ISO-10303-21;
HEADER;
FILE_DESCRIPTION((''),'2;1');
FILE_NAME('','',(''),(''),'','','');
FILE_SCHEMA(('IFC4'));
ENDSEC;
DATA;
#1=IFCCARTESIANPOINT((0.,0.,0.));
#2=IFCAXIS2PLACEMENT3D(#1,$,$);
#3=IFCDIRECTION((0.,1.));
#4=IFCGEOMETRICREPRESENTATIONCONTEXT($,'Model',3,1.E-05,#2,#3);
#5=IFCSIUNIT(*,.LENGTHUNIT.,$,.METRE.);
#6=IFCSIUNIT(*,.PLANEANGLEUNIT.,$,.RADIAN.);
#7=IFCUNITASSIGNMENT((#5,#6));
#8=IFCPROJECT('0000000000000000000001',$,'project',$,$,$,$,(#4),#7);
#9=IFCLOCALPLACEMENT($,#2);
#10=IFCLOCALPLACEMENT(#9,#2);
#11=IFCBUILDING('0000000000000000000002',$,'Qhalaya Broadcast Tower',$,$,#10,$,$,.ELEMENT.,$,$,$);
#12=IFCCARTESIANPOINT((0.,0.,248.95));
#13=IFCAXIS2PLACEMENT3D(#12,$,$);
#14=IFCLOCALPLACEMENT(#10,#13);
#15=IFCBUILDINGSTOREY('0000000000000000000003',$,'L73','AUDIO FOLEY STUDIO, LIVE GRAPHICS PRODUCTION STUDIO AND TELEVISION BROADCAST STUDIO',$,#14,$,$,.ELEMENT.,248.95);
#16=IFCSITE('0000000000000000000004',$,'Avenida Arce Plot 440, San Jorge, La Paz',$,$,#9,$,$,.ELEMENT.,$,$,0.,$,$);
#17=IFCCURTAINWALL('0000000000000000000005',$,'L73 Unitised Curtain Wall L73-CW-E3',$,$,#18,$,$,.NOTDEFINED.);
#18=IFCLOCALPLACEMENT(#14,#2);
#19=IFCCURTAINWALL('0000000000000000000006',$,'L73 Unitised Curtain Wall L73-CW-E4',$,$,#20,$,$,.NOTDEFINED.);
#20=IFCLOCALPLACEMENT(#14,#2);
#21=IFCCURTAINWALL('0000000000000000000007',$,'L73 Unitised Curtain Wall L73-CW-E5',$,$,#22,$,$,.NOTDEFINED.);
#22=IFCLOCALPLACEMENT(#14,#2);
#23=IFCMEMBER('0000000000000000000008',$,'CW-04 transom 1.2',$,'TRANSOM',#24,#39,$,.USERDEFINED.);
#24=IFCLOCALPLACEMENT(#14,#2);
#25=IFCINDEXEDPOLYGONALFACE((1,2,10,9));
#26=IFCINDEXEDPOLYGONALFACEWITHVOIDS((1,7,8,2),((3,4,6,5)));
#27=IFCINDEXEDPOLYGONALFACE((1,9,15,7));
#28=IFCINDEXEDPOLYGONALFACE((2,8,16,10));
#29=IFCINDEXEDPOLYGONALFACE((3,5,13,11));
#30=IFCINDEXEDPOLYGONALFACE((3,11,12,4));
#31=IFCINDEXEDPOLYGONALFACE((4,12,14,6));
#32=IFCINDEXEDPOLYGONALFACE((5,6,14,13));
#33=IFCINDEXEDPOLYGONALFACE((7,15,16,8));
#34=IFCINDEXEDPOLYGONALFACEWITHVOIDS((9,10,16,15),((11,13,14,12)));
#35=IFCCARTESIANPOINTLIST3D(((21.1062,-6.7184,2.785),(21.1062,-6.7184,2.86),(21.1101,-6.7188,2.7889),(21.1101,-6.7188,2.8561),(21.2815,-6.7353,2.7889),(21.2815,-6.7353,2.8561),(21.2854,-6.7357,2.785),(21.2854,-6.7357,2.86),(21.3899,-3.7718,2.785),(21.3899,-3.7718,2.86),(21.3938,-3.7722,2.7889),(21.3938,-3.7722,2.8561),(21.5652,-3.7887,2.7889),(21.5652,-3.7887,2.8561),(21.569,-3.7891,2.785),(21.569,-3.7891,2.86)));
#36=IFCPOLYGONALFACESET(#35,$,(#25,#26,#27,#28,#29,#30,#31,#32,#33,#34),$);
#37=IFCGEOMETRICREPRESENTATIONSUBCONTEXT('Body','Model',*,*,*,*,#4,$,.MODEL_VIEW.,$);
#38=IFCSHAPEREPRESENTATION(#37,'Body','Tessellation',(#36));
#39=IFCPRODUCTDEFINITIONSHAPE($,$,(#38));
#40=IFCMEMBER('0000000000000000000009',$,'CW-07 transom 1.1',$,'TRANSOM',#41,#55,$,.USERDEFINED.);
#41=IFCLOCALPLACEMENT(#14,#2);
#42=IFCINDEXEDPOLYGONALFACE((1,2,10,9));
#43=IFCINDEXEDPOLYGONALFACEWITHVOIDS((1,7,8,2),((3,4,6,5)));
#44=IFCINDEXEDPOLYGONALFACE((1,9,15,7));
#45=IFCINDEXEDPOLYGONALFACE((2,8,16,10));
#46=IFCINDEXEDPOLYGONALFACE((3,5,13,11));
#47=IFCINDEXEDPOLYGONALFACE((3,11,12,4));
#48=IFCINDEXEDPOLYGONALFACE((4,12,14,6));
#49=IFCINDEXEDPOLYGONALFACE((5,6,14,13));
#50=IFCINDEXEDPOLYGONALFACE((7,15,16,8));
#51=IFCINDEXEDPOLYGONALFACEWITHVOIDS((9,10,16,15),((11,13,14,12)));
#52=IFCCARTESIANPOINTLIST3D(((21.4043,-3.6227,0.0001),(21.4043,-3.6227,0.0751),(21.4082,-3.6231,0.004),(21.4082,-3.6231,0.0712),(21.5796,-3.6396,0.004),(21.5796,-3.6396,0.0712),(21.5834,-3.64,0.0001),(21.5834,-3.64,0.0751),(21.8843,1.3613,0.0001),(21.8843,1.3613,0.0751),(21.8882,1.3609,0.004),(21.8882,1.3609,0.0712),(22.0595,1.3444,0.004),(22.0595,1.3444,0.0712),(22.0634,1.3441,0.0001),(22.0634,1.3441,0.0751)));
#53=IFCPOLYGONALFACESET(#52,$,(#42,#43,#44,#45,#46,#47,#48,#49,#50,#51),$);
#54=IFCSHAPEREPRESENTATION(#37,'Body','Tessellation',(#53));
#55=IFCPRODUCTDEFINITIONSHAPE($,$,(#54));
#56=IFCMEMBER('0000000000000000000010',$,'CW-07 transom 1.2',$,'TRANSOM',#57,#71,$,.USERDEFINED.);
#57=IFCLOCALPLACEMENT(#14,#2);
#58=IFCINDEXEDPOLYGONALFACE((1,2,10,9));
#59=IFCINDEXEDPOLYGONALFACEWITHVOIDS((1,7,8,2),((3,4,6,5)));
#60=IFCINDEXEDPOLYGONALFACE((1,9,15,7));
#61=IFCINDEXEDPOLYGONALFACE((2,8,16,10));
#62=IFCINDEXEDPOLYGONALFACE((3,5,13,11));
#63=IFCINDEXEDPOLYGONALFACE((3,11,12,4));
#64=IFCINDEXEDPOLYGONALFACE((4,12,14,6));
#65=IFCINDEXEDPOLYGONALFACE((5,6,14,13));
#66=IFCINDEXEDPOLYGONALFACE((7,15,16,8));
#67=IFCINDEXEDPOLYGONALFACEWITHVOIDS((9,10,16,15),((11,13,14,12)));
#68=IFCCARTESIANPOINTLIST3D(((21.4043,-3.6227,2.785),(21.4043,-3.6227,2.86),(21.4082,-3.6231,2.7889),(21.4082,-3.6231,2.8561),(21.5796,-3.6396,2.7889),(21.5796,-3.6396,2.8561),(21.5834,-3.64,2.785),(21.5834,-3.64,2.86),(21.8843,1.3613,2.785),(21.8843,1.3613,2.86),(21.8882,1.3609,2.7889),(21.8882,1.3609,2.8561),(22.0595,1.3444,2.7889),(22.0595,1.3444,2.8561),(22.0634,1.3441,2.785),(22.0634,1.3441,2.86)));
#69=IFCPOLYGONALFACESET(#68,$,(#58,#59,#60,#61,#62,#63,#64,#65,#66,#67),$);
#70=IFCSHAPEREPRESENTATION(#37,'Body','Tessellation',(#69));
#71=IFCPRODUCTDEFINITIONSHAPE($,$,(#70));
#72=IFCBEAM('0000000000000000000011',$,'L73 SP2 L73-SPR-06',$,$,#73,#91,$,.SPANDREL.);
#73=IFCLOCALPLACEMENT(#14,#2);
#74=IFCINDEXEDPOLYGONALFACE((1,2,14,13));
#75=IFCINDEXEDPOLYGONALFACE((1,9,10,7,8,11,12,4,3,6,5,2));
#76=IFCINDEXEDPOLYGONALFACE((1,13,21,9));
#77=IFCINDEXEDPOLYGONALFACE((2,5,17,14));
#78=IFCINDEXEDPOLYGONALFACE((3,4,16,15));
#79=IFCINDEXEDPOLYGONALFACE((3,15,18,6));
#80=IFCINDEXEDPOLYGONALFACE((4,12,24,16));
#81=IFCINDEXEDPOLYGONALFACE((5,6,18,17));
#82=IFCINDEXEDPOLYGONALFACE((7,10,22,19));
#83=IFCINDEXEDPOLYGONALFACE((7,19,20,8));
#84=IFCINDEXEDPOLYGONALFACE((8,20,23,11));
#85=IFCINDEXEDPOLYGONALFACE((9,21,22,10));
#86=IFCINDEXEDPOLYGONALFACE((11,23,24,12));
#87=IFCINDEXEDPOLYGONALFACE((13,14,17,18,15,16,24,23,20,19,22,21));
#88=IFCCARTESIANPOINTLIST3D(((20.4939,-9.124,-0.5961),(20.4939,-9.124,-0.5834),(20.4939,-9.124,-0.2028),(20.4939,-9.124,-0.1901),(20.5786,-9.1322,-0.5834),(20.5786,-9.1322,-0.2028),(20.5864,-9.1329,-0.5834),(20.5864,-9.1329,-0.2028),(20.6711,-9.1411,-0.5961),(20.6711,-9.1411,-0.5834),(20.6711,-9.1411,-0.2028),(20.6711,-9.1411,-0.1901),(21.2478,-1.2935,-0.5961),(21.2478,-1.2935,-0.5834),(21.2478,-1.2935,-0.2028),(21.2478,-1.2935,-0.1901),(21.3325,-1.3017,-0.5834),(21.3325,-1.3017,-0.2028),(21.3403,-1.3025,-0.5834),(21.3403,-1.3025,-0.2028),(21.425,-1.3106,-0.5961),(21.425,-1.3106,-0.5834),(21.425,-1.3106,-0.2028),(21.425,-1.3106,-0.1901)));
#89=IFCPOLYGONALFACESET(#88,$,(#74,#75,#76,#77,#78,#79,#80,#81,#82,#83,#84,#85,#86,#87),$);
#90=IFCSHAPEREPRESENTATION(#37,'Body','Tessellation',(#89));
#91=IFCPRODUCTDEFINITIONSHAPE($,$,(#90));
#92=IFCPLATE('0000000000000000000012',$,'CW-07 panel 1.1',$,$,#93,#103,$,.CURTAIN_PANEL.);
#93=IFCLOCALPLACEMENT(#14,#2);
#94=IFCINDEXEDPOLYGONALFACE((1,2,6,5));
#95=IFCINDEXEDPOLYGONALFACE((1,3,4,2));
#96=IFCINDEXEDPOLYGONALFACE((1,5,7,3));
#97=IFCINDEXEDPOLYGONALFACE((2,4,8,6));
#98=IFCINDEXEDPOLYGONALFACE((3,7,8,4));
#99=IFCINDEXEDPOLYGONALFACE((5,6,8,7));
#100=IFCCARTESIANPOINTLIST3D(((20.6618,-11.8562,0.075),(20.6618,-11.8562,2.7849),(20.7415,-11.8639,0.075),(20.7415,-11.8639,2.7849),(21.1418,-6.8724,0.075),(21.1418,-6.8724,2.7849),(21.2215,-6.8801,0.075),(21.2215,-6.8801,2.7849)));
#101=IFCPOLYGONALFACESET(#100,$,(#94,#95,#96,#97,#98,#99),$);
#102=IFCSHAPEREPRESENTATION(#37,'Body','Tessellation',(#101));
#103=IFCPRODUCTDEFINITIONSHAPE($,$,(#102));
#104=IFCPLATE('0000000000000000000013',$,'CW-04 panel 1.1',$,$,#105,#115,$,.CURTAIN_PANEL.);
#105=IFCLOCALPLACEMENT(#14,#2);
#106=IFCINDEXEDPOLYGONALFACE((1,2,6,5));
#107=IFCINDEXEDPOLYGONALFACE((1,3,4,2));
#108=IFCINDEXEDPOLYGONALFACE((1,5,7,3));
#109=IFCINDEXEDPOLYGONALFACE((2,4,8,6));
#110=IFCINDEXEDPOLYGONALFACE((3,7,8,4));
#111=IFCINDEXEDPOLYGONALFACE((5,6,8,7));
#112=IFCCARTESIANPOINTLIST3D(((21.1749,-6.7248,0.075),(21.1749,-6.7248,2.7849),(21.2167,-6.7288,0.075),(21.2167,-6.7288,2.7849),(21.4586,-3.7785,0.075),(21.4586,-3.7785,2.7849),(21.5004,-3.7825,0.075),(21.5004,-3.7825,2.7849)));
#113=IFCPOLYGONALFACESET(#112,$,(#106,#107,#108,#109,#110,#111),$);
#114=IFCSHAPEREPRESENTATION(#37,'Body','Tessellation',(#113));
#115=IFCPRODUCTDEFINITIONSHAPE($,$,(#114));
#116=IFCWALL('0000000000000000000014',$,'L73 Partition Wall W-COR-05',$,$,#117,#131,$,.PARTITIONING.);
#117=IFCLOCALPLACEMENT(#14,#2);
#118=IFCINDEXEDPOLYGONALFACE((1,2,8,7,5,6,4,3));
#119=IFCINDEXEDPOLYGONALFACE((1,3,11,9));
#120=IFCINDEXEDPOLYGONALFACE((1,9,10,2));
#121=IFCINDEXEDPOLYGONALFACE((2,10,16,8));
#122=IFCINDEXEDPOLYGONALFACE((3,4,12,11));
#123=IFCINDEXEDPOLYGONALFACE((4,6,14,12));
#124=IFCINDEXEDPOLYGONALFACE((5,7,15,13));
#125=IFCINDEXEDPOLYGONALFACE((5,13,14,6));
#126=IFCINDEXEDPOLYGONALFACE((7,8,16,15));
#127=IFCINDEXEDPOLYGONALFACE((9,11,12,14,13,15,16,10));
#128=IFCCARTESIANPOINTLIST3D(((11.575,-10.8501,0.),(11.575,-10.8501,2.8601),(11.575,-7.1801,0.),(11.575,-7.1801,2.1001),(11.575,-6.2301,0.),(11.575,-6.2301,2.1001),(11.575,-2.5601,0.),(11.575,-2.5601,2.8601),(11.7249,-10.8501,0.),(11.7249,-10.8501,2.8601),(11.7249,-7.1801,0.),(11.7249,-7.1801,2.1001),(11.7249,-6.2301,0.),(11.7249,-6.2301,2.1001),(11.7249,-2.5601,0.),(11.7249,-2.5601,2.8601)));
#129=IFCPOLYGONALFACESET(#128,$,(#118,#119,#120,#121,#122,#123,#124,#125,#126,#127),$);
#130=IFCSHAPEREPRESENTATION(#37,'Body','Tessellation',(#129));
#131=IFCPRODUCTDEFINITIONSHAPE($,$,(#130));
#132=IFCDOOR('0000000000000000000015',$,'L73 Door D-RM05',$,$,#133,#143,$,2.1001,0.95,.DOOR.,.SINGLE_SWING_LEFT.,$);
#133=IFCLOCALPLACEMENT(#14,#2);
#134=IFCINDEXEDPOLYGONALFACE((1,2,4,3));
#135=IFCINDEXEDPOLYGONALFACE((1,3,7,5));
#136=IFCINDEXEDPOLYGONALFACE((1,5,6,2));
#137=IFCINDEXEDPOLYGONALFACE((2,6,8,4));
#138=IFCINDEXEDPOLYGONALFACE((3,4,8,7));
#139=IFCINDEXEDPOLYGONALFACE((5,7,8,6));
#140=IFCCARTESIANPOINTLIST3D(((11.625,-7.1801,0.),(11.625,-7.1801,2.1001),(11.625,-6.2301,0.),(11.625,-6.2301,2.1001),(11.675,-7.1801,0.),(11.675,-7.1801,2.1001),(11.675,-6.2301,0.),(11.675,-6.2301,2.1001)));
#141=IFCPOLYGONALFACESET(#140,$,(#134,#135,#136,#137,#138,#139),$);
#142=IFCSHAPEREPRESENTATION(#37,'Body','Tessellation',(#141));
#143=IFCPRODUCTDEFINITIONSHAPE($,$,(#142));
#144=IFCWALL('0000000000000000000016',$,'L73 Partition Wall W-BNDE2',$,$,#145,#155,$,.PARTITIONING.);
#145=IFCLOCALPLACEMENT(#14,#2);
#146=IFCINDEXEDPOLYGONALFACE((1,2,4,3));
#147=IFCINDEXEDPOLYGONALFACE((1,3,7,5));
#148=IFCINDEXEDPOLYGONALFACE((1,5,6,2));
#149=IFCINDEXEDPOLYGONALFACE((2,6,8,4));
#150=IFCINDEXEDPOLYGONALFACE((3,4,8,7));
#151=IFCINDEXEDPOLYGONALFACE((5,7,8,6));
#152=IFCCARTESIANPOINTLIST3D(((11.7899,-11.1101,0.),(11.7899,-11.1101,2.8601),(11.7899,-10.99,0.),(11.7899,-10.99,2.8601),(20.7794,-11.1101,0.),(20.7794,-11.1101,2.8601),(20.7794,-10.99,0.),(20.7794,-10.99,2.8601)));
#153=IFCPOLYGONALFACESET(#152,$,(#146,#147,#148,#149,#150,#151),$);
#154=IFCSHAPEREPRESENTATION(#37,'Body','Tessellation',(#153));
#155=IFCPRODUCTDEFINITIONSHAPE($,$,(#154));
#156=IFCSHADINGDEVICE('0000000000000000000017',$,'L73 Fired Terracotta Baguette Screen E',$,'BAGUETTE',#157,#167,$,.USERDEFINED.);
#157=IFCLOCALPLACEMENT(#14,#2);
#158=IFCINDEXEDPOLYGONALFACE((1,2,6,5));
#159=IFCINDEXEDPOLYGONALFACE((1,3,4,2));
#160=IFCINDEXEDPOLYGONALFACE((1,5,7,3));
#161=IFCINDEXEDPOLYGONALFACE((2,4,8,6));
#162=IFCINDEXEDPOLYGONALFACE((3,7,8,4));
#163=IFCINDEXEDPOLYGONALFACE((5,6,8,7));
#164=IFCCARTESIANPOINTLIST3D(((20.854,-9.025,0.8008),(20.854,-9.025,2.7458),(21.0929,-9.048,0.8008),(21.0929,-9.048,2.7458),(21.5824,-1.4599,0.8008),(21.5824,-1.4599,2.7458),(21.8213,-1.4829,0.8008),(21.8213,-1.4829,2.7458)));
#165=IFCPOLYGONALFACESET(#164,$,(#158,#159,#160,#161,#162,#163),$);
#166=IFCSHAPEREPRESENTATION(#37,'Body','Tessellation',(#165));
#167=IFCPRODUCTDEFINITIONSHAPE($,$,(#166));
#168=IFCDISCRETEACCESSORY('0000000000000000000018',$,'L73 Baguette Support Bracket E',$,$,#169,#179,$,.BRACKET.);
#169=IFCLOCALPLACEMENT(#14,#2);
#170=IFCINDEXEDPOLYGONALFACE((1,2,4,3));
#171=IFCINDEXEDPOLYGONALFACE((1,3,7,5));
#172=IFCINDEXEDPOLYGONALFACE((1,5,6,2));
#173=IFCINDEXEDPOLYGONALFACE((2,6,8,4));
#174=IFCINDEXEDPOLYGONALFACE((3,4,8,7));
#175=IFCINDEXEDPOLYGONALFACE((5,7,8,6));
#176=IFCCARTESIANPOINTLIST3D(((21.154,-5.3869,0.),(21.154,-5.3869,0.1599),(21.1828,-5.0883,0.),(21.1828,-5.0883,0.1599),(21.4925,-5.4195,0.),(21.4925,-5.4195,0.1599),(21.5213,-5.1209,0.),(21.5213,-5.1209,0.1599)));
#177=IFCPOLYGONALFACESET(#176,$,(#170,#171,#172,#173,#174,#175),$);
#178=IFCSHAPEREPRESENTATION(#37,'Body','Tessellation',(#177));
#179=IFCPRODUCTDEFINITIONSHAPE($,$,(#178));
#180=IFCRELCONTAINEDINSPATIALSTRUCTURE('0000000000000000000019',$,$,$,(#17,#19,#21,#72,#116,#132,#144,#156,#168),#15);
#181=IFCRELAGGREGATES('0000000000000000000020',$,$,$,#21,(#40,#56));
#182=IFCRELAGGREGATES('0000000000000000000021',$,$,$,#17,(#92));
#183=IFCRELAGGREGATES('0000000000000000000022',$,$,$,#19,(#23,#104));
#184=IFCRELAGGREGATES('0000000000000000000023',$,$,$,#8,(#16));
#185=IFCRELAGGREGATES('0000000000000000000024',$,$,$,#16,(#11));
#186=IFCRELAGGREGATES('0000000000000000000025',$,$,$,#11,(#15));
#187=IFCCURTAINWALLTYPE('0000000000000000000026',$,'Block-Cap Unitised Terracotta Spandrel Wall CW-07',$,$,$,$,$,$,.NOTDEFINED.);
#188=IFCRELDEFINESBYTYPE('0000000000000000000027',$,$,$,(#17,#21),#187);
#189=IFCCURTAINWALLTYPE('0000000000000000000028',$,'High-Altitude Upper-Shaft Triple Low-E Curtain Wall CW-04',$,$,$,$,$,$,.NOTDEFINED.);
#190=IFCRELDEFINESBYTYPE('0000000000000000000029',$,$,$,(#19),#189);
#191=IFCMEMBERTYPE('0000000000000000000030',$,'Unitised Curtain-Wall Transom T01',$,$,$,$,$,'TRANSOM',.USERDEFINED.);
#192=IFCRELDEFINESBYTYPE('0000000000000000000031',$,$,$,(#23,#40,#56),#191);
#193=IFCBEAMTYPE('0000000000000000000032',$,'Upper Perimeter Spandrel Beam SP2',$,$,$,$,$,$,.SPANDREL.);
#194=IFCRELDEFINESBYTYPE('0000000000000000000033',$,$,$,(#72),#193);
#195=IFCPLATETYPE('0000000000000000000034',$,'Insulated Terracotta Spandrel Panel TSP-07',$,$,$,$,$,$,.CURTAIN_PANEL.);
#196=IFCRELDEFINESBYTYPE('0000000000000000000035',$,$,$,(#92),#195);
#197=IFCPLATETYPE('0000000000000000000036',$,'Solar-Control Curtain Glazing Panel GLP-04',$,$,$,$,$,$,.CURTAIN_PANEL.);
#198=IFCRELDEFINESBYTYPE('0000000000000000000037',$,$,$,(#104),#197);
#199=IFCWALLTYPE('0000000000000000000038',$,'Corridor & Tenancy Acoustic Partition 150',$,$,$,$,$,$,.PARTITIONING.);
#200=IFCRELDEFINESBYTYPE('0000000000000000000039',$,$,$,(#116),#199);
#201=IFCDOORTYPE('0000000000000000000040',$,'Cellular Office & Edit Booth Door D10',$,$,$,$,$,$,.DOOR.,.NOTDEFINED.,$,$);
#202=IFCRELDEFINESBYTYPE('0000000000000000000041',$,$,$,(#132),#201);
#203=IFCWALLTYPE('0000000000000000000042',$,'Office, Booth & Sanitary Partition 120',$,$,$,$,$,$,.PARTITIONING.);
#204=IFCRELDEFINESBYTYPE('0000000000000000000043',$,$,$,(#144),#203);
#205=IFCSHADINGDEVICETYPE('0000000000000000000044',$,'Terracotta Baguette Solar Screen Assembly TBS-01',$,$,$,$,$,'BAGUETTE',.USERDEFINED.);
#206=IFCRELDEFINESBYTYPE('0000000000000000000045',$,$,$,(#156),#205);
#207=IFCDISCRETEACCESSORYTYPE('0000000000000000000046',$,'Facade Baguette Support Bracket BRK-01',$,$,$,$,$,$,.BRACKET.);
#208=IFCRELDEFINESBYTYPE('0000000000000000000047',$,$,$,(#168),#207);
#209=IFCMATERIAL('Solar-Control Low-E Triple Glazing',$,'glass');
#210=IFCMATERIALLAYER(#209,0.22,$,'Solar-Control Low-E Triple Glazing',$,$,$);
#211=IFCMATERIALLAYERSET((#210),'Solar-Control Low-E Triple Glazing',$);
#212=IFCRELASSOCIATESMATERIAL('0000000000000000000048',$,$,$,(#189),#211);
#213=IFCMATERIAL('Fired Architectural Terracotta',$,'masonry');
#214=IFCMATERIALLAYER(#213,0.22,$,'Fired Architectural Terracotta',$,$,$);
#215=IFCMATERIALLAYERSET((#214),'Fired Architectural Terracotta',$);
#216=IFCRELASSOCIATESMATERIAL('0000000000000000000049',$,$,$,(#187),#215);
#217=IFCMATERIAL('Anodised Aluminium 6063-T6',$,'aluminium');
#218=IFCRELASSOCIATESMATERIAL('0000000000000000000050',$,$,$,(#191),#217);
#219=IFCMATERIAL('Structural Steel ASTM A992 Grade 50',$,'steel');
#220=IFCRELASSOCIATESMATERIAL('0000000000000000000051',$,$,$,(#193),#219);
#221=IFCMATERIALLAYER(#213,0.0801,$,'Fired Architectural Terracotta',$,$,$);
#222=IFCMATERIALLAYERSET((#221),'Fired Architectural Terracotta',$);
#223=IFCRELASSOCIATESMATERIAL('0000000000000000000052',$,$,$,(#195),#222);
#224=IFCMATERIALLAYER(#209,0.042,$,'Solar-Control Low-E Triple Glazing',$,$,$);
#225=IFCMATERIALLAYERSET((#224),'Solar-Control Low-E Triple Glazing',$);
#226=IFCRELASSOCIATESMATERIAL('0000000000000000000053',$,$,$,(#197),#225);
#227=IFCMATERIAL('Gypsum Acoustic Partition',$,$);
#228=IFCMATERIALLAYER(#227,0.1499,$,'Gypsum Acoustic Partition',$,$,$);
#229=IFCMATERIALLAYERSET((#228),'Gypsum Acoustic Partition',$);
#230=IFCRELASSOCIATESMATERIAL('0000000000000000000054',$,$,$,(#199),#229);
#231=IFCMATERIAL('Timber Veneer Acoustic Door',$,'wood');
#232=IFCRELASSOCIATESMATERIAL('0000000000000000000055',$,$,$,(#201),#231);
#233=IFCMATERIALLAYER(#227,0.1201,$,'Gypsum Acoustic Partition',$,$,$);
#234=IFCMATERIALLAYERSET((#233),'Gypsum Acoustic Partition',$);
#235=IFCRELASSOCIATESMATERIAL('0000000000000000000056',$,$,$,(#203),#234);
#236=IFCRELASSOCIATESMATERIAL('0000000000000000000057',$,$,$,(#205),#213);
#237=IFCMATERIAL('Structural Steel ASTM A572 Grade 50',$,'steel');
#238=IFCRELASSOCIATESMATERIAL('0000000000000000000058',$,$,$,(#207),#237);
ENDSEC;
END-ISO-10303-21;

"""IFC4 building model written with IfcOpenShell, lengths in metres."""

from ifc_helpers import new_model, si_unit, direction, frame, frame_2d, origin, origin_2d, place, context, subcontext, project, spatial, rectangle, hollow_rectangle, i_section, extrude, material, layer, layer_set, material_profile, profile_set, type_object, element, fill, aggregate, save


model = new_model("IFC4")

# Units and contexts
model_context = context("Model", 3, precision=1e-05, world=origin(), true_north=direction((0.0, 1.0)))
body_context = subcontext(model_context, "Body", "Model", "MODEL_VIEW")
ifc_project = project(units=[si_unit("LENGTHUNIT", "METRE"), si_unit("PLANEANGLEUNIT", "RADIAN")], contexts=[model_context])

# Site, building, storey
site_placement = place(None, origin())
site = spatial("IfcSite", under=ifc_project, at=site_placement, Name="Avenida Arce Plot 440, San Jorge, La Paz", CompositionType="ELEMENT", RefElevation=0.0)
building_placement = place(site_placement, origin())
building = spatial("IfcBuilding", under=site, at=building_placement, Name="Qhalaya Broadcast Tower", CompositionType="ELEMENT")
storey_placement = place(building_placement, frame((0.0, 0.0, 248.95)))
storey = spatial("IfcBuildingStorey", under=building, at=storey_placement, Name="L73", Description="AUDIO FOLEY STUDIO, LIVE GRAPHICS PRODUCTION STUDIO AND TELEVISION BROADCAST STUDIO", CompositionType="ELEMENT", Elevation=248.95)

# Shared definitions
ifc_material_1 = material(Name="Structural Steel ASTM A572 Grade 50", Category="steel")

# Shared definitions
ifc_material_2 = material(Name="Solar-Control Low-E Triple Glazing", Category="glass")
ifc_layer_1 = layer(ifc_material_2, 0.22, Name="Solar-Control Low-E Triple Glazing")
ifc_layer_set_1 = layer_set([ifc_layer_1], Name="Solar-Control Low-E Triple Glazing")
curtain_wall_type_1 = type_object("IfcCurtainWallType", Name="High-Altitude Upper-Shaft Triple Low-E Curtain Wall CW-04", PredefinedType="NOTDEFINED", material=ifc_layer_set_1)
ifc_material_3 = material(Name="Anodised Aluminium 6063-T6", Category="aluminium")

# Curtain walls
ifc_material_4 = material(Name="Fired Architectural Terracotta", Category="masonry")
ifc_layer_2 = layer(ifc_material_4, 0.22, Name="Fired Architectural Terracotta")
ifc_layer_set_2 = layer_set([ifc_layer_2], Name="Fired Architectural Terracotta")
curtain_wall_type_2 = type_object("IfcCurtainWallType", Name="Block-Cap Unitised Terracotta Spandrel Wall CW-07", PredefinedType="NOTDEFINED", material=ifc_layer_set_2)
curtain_wall_1_placement = place(storey_placement, origin())
curtain_wall_1 = element("IfcCurtainWall", 1, at=curtain_wall_1_placement, inside=storey, type_object=curtain_wall_type_2, Name="L73 Unitised Curtain Wall L73-CW-E3", PredefinedType="NOTDEFINED")
curtain_wall_2_placement = place(storey_placement, origin())
curtain_wall_2 = element("IfcCurtainWall", 2, at=curtain_wall_2_placement, inside=storey, type_object=curtain_wall_type_1, Name="L73 Unitised Curtain Wall L73-CW-E4", PredefinedType="NOTDEFINED")

# Curtain wall
curtain_wall_3_placement = place(storey_placement, origin())
curtain_wall_3 = element("IfcCurtainWall", 3, at=curtain_wall_3_placement, inside=storey, type_object=curtain_wall_type_2, Name="L73 Unitised Curtain Wall L73-CW-E5", PredefinedType="NOTDEFINED")

# Members
ifc_material_profile_1 = material_profile(ifc_material_3, hollow_rectangle(XDim=0.075, YDim=0.1799, WallThickness=0.0039, at=origin_2d()), Name="ALU-TRN 75x180x4")
ifc_profile_set_1 = profile_set([ifc_material_profile_1], Name="Anodised Aluminium 6063-T6")
member_type_1 = type_object("IfcMemberType", Name="Unitised Curtain-Wall Transom T01", ElementType="TRANSOM", PredefinedType="USERDEFINED", material=ifc_profile_set_1)
member_1_placement = place(storey_placement, frame((21.1958, -6.7271, 2.8225), z_axis=(0.095837, 0.995397, 0.0), x_axis=(0.0, 0.0, 1.0)))
member_1 = element("IfcMember", 4, at=member_1_placement, type_object=member_type_1, Name="CW-04 transom 1.2", ObjectType="TRANSOM", PredefinedType="USERDEFINED", context=body_context, shape_type="SweptSolid", body=[
    extrude(hollow_rectangle(XDim=0.075, YDim=0.1799, WallThickness=0.0039, at=origin_2d()), origin(), (0.0, 0.0, 1.0), 2.9602),
])
member_2_placement = place(storey_placement, frame((21.4939, -3.6313, 0.0376), z_axis=(0.095858, 0.995395, 0.0), x_axis=(0.0, 0.0, 1.0)))
member_2 = element("IfcMember", 5, at=member_2_placement, type_object=member_type_1, Name="CW-07 transom 1.1", ObjectType="TRANSOM", PredefinedType="USERDEFINED", context=body_context, shape_type="SweptSolid", body=[
    extrude(hollow_rectangle(XDim=0.075, YDim=0.1799, WallThickness=0.0039, at=origin_2d()), origin(), (0.0, 0.0, 1.0), 5.0071),
])
member_3_placement = place(storey_placement, frame((21.4939, -3.6313, 2.8225), z_axis=(0.095858, 0.995395, 0.0), x_axis=(0.0, 0.0, 1.0)))
member_3 = element("IfcMember", 6, at=member_3_placement, type_object=member_type_1, Name="CW-07 transom 1.2", ObjectType="TRANSOM", PredefinedType="USERDEFINED", context=body_context, shape_type="SweptSolid", body=[
    extrude(hollow_rectangle(XDim=0.075, YDim=0.1799, WallThickness=0.0039, at=origin_2d()), origin(), (0.0, 0.0, 1.0), 5.0071),
])
aggregate(curtain_wall_3, [member_2, member_3])

# Beam
ifc_material_5 = material(Name="Structural Steel ASTM A992 Grade 50", Category="steel")
ifc_material_profile_2 = material_profile(ifc_material_5, i_section(OverallWidth=0.178, OverallDepth=0.406, WebThickness=0.0078, FlangeThickness=0.0127, at=origin_2d()), Name="W16X40")
ifc_profile_set_2 = profile_set([ifc_material_profile_2], Name="Structural Steel ASTM A992 Grade 50")
beam_type = type_object("IfcBeamType", Name="Upper Perimeter Spandrel Beam SP2", PredefinedType="SPANDREL", material=ifc_profile_set_2)
beam_placement = place(storey_placement, frame((20.5825, -9.1326, -0.3931), z_axis=(0.095834, 0.995397, 0.0), x_axis=(-0.995397, 0.095834, 0.0)))
element("IfcBeam", 7, at=beam_placement, inside=storey, type_object=beam_type, Name="L73 SP2 L73-SPR-06", PredefinedType="SPANDREL", context=body_context, shape_type="SweptSolid", body=[
    extrude(i_section(OverallWidth=0.178, OverallDepth=0.406, WebThickness=0.0078, FlangeThickness=0.0127, at=origin_2d()), origin(), (0.0, 0.0, 1.0), 7.8667),
])

# Plates
ifc_layer_3 = layer(ifc_material_4, 0.0801, Name="Fired Architectural Terracotta")
ifc_layer_set_3 = layer_set([ifc_layer_3], Name="Fired Architectural Terracotta")
plate_type_1 = type_object("IfcPlateType", Name="Insulated Terracotta Spandrel Panel TSP-07", PredefinedType="CURTAIN_PANEL", material=ifc_layer_set_3)
plate_1_placement = place(storey_placement, frame((20.9417, -9.3682, 0.075), z_axis=(0.0, 0.0, 1.0), x_axis=(0.095851, 0.995396, 0.0)))
plate_1 = element("IfcPlate", 8, at=plate_1_placement, type_object=plate_type_1, Name="CW-07 panel 1.1", PredefinedType="CURTAIN_PANEL", context=body_context, shape_type="SweptSolid", body=[
    extrude(rectangle(XDim=5.0068, YDim=0.0801, at=origin_2d()), origin(), (0.0, 0.0, 1.0), 2.71),
])
aggregate(curtain_wall_1, [plate_1])
ifc_layer_4 = layer(ifc_material_2, 0.042, Name="Solar-Control Low-E Triple Glazing")
ifc_layer_set_4 = layer_set([ifc_layer_4], Name="Solar-Control Low-E Triple Glazing")
plate_type_2 = type_object("IfcPlateType", Name="Solar-Control Curtain Glazing Panel GLP-04", PredefinedType="CURTAIN_PANEL", material=ifc_layer_set_4)
plate_2_placement = place(storey_placement, frame((21.3376, -5.2537, 0.075), z_axis=(0.0, 0.0, 1.0), x_axis=(0.09582, 0.995399, 0.0)))
plate_2 = element("IfcPlate", 9, at=plate_2_placement, type_object=plate_type_2, Name="CW-04 panel 1.1", PredefinedType="CURTAIN_PANEL", context=body_context, shape_type="SweptSolid", body=[
    extrude(rectangle(XDim=2.96, YDim=0.042, at=origin_2d()), origin(), (0.0, 0.0, 1.0), 2.71),
])
aggregate(curtain_wall_2, [member_1, plate_2])

# Wall, opening, door
ifc_material_6 = material(Name="Gypsum Acoustic Partition")
ifc_layer_5 = layer(ifc_material_6, 0.1499, Name="Gypsum Acoustic Partition")
ifc_layer_set_5 = layer_set([ifc_layer_5], Name="Gypsum Acoustic Partition")
wall_type_1 = type_object("IfcWallType", Name="Corridor & Tenancy Acoustic Partition 150", PredefinedType="PARTITIONING", material=ifc_layer_set_5)
wall_1_placement = place(storey_placement, frame((11.6499, -10.8501, 0.0), z_axis=(0.0, 0.0, 1.0), x_axis=(0.0, 1.0, 0.0)))
wall_1 = element("IfcWall", 10, at=wall_1_placement, inside=storey, type_object=wall_type_1, Name="L73 Partition Wall W-COR-05", PredefinedType="PARTITIONING", context=body_context, shape_type="SweptSolid", body=[
    extrude(rectangle(XDim=8.29, YDim=0.1499, at=frame_2d((4.145, 0.0))), origin(), (0.0, 0.0, 1.0), 2.8601),
])
opening_placement = place(wall_1_placement, frame((3.6699, 0.0, 0.0)))
opening = element("IfcOpeningElement", 11, at=opening_placement, cuts=wall_1, PredefinedType="OPENING", context=body_context, shape_type="SweptSolid", body=[
    extrude(rectangle(XDim=0.95, YDim=2.1001, at=frame_2d((0.4751, 1.05))), frame((0.0, 0.0869, 0.0), z_axis=(0.0, -1.0, 0.0), x_axis=(1.0, 0.0, 0.0)), (0.0, 0.0, 1.0), 0.1738),
])
ifc_material_7 = material(Name="Timber Veneer Acoustic Door", Category="wood")
door_type = type_object("IfcDoorType", Name="Cellular Office & Edit Booth Door D10", OperationType="NOTDEFINED", PredefinedType="DOOR", material=ifc_material_7)
door_placement = place(opening_placement, origin())
door = element("IfcDoor", 12, at=door_placement, inside=storey, type_object=door_type, Name="L73 Door D-RM05", OperationType="SINGLE_SWING_LEFT", OverallHeight=2.1001, OverallWidth=0.95, PredefinedType="DOOR", context=body_context, shape_type="SweptSolid", body=[
    extrude(rectangle(XDim=0.95, YDim=2.1001, at=frame_2d((0.4751, 1.05))), frame((0.0, 0.0249, 0.0), z_axis=(0.0, -1.0, 0.0), x_axis=(1.0, 0.0, 0.0)), (0.0, 0.0, 1.0), 0.05),
])
fill(opening, door)

# Wall
ifc_layer_6 = layer(ifc_material_6, 0.1201, Name="Gypsum Acoustic Partition")
ifc_layer_set_6 = layer_set([ifc_layer_6], Name="Gypsum Acoustic Partition")
wall_type_2 = type_object("IfcWallType", Name="Office, Booth & Sanitary Partition 120", PredefinedType="PARTITIONING", material=ifc_layer_set_6)
wall_2_placement = place(storey_placement, frame((11.79, -11.05, 0.0), z_axis=(0.0, 0.0, 1.0), x_axis=(1.0, 0.0, 0.0)))
element("IfcWall", 13, at=wall_2_placement, inside=storey, type_object=wall_type_2, Name="L73 Partition Wall W-BNDE2", PredefinedType="PARTITIONING", context=body_context, shape_type="SweptSolid", body=[
    extrude(rectangle(XDim=8.9895, YDim=0.1201, at=frame_2d((4.4946, 0.0))), origin(), (0.0, 0.0, 1.0), 2.8601),
])

# Shading device
shading_device_type = type_object("IfcShadingDeviceType", Name="Terracotta Baguette Solar Screen Assembly TBS-01", ElementType="BAGUETTE", PredefinedType="USERDEFINED", material=ifc_material_4)
shading_device_placement = place(storey_placement, frame((21.3376, -5.2539, 0.8008), z_axis=(0.0, 0.0, 1.0), x_axis=(0.095846, 0.995396, 0.0)))
element("IfcShadingDevice", 14, at=shading_device_placement, inside=storey, type_object=shading_device_type, Name="L73 Fired Terracotta Baguette Screen E", ObjectType="BAGUETTE", PredefinedType="USERDEFINED", context=body_context, shape_type="SweptSolid", body=[
    extrude(rectangle(XDim=7.6001, YDim=0.24, at=origin_2d()), origin(), (0.0, 0.0, 1.0), 1.9451),
])

# Discrete accessory
discrete_accessory_type = type_object("IfcDiscreteAccessoryType", Name="Facade Baguette Support Bracket BRK-01", PredefinedType="BRACKET", material=ifc_material_1)
discrete_accessory_placement = place(storey_placement, frame((21.3376, -5.2539, 0.0), z_axis=(0.0, 0.0, 1.0), x_axis=(0.095846, 0.995396, 0.0)))
element("IfcDiscreteAccessory", 15, at=discrete_accessory_placement, inside=storey, type_object=discrete_accessory_type, Name="L73 Baguette Support Bracket E", PredefinedType="BRACKET", context=body_context, shape_type="SweptSolid", body=[
    extrude(rectangle(XDim=0.3, YDim=0.3401, at=origin_2d()), origin(), (0.0, 0.0, 1.0), 0.1599),
])

save(model, "model.ifc")
